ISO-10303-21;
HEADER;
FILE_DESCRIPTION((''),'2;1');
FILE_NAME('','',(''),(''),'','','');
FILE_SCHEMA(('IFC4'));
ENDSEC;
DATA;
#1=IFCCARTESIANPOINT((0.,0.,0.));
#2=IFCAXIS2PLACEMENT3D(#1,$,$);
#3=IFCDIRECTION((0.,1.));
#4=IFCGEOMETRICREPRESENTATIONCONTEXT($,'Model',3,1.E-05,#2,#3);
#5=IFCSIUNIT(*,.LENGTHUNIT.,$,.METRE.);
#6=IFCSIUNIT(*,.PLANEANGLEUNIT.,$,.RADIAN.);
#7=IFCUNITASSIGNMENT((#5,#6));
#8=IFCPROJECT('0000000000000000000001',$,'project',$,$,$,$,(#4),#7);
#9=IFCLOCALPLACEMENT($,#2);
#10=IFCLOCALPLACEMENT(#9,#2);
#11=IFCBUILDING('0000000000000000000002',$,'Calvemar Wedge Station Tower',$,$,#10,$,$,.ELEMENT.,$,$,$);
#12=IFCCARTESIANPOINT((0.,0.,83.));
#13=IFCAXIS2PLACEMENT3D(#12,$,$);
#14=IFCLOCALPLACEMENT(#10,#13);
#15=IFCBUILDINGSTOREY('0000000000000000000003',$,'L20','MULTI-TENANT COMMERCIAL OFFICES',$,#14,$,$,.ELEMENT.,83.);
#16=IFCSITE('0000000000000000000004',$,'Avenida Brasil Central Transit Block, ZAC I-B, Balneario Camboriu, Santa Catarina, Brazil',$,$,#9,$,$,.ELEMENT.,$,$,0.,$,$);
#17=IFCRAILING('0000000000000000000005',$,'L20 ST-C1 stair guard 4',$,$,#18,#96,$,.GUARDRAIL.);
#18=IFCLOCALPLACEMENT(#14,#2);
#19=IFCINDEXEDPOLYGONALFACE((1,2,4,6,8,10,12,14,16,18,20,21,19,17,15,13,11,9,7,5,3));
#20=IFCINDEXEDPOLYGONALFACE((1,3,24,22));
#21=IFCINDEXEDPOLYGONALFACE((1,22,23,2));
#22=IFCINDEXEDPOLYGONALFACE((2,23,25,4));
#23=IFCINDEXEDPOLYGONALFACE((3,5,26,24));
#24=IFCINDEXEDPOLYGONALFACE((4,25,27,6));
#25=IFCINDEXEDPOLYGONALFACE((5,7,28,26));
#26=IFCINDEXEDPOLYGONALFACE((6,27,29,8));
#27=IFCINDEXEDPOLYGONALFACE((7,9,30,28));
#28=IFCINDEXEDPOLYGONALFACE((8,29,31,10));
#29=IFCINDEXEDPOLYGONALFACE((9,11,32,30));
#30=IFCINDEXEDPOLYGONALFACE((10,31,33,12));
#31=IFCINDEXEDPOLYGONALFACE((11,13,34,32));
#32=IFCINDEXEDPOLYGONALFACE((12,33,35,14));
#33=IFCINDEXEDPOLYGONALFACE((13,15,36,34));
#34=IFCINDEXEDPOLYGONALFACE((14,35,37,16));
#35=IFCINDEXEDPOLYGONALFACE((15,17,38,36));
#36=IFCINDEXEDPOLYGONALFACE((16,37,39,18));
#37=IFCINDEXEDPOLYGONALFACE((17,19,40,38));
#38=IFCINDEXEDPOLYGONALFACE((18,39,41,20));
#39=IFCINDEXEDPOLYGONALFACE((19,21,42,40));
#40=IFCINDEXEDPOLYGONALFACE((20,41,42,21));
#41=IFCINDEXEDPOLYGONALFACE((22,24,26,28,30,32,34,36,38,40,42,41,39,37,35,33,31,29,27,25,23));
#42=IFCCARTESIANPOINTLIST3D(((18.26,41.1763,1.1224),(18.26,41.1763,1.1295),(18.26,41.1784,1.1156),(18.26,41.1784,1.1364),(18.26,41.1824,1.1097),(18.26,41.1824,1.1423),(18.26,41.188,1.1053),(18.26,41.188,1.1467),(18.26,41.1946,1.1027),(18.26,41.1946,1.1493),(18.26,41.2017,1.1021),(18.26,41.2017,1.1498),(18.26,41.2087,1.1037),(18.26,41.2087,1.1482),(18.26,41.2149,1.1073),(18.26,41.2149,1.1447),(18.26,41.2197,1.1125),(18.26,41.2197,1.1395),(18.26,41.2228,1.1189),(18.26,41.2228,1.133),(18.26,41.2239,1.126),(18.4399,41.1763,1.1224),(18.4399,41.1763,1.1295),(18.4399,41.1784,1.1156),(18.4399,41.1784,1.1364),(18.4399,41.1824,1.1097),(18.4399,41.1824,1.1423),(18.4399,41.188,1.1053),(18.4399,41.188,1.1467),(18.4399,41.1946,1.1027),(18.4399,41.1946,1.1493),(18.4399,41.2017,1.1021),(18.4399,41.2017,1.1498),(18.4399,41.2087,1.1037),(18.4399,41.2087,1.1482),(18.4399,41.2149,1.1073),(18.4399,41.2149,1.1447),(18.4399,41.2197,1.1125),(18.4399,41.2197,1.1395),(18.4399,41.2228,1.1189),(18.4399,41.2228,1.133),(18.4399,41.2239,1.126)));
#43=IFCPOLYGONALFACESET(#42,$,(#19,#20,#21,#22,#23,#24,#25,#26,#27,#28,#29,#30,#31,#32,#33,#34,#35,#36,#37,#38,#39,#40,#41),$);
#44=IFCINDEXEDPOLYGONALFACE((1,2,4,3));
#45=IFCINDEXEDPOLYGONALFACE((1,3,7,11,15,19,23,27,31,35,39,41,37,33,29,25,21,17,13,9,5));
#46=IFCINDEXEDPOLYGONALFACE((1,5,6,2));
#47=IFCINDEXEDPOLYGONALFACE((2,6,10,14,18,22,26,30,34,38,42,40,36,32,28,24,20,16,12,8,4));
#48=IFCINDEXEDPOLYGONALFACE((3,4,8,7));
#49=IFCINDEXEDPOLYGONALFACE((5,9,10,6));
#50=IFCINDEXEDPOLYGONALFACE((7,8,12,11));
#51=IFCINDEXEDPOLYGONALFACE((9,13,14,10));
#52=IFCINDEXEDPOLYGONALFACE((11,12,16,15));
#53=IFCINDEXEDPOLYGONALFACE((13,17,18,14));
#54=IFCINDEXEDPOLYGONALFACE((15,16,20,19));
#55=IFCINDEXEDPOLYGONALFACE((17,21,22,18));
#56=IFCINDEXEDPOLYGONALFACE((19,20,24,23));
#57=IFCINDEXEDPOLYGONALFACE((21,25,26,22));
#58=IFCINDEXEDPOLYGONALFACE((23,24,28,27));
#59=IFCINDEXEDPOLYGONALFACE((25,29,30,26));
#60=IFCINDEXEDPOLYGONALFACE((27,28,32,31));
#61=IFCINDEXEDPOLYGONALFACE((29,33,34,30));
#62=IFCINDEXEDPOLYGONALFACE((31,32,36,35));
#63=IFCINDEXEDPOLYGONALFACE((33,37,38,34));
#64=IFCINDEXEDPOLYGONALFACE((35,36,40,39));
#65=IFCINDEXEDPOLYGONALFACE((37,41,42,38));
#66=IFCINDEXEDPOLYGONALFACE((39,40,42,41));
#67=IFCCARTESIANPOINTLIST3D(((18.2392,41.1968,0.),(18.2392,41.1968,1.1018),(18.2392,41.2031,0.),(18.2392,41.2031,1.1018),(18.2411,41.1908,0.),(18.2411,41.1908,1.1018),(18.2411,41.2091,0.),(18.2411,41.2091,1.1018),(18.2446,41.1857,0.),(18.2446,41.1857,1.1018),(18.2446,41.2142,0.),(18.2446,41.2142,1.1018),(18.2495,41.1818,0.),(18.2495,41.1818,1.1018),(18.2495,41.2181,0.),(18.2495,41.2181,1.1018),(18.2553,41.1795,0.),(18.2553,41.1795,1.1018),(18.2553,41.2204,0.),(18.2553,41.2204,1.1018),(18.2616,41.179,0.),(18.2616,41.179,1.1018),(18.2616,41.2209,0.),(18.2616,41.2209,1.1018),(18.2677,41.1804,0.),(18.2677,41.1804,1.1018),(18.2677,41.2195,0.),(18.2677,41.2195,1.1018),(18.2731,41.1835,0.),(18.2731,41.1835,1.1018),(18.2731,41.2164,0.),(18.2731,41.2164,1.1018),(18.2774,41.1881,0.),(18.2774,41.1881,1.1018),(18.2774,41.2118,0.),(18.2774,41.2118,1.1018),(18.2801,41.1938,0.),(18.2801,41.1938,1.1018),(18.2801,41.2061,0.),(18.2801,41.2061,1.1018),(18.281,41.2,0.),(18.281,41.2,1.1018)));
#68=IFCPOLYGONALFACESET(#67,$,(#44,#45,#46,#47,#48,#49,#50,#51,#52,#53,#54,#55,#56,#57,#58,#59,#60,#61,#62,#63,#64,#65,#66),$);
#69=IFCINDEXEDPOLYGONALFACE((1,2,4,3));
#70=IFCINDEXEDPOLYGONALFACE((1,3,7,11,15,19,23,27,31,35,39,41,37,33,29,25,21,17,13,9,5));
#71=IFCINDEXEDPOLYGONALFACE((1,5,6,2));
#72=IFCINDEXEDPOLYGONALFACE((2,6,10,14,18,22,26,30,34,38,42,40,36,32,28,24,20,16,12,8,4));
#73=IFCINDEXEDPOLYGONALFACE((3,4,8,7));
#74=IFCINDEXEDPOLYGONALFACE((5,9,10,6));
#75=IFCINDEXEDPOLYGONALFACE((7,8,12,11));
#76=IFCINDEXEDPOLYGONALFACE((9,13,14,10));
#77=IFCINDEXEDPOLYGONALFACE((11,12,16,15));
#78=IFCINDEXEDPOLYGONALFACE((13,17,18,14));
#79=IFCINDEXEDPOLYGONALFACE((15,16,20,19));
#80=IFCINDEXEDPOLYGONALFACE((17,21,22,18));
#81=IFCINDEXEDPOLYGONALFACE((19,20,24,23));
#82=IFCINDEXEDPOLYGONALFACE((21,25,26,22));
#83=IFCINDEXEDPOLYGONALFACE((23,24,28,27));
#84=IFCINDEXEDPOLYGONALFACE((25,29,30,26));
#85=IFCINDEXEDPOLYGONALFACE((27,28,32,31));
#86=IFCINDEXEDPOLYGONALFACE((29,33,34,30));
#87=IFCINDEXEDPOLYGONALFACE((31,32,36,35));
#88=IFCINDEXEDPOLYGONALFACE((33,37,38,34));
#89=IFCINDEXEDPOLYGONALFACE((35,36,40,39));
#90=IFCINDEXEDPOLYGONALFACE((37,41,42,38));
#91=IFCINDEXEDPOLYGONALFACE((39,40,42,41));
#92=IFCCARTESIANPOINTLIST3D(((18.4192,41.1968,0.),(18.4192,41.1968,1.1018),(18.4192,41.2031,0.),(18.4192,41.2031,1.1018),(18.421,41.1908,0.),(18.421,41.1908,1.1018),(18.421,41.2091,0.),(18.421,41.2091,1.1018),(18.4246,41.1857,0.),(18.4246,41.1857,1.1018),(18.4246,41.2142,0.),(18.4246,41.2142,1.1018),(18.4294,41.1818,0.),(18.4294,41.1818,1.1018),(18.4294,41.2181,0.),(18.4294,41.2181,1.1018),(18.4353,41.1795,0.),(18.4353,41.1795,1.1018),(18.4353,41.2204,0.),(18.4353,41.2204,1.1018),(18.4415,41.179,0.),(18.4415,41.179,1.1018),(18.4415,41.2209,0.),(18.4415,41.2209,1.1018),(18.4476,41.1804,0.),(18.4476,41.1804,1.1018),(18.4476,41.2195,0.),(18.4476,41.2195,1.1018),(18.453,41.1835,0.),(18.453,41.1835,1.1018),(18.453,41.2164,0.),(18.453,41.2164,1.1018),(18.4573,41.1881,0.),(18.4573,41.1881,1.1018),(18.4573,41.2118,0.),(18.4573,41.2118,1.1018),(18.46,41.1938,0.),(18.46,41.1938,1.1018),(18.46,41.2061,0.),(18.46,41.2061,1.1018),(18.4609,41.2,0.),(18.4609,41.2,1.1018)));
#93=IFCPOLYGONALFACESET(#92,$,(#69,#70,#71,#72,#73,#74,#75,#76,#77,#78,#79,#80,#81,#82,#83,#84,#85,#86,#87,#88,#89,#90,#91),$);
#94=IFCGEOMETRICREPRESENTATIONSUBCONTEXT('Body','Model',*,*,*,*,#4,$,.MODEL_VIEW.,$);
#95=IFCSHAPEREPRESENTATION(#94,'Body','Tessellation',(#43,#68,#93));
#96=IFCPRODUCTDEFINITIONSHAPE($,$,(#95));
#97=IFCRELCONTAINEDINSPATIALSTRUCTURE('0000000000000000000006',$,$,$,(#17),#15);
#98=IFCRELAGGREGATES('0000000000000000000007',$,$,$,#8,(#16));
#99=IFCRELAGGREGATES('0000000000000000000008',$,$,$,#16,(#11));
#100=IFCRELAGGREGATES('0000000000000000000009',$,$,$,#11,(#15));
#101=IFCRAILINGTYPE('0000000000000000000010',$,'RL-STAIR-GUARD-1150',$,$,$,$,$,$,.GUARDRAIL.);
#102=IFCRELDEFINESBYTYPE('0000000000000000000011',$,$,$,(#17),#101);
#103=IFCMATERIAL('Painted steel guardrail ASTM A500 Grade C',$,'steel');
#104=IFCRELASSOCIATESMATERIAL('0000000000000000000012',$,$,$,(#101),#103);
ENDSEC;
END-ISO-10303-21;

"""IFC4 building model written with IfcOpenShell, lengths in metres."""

from ifc_helpers import new_model, si_unit, direction, frame, origin, origin_2d, place, context, subcontext, project, spatial, circle, extrude, material, type_object, element, save


model = new_model("IFC4")

# Units and contexts
model_context = context("Model", 3, precision=1e-05, world=origin(), true_north=direction((0.0, 1.0)))
body_context = subcontext(model_context, "Body", "Model", "MODEL_VIEW")
ifc_project = project(units=[si_unit("LENGTHUNIT", "METRE"), si_unit("PLANEANGLEUNIT", "RADIAN")], contexts=[model_context])

# Site, building, storey
site_placement = place(None, origin())
site = spatial("IfcSite", under=ifc_project, at=site_placement, Name="Avenida Brasil Central Transit Block, ZAC I-B, Balneario Camboriu, Santa Catarina, Brazil", CompositionType="ELEMENT", RefElevation=0.0)
building_placement = place(site_placement, origin())
building = spatial("IfcBuilding", under=site, at=building_placement, Name="Calvemar Wedge Station Tower", CompositionType="ELEMENT")
storey_placement = place(building_placement, frame((0.0, 0.0, 83.0)))
storey = spatial("IfcBuildingStorey", under=building, at=storey_placement, Name="L20", Description="MULTI-TENANT COMMERCIAL OFFICES", CompositionType="ELEMENT", Elevation=83.0)

# Railing
ifc_material_1 = material(Name="Painted steel guardrail ASTM A500 Grade C", Category="steel")
railing_type = type_object("IfcRailingType", Name="RL-STAIR-GUARD-1150", PredefinedType="GUARDRAIL", material=ifc_material_1)
railing_1_placement = place(storey_placement, frame((18.26, 41.2, 0.0)))
element("IfcRailing", 1, at=railing_1_placement, inside=storey, type_object=railing_type, Name="L20 ST-C1 stair guard 4", PredefinedType="GUARDRAIL", context=body_context, shape_type="SweptSolid", body=[
    extrude(circle(Radius=0.0239, at=origin_2d()), frame((0.0, 0.0, 1.126), z_axis=(1.0, 0.0, 0.0), x_axis=(0.0, 1.0, 0.0)), (0.0, 0.0, 1.0), 0.1799),
    extrude(circle(Radius=0.021, at=origin_2d()), origin(), (0.0, 0.0, 1.0), 1.1018),
    extrude(circle(Radius=0.021, at=origin_2d()), frame((0.1799, 0.0, 0.0)), (0.0, 0.0, 1.0), 1.1018),
])

save(model, "model.ifc")
